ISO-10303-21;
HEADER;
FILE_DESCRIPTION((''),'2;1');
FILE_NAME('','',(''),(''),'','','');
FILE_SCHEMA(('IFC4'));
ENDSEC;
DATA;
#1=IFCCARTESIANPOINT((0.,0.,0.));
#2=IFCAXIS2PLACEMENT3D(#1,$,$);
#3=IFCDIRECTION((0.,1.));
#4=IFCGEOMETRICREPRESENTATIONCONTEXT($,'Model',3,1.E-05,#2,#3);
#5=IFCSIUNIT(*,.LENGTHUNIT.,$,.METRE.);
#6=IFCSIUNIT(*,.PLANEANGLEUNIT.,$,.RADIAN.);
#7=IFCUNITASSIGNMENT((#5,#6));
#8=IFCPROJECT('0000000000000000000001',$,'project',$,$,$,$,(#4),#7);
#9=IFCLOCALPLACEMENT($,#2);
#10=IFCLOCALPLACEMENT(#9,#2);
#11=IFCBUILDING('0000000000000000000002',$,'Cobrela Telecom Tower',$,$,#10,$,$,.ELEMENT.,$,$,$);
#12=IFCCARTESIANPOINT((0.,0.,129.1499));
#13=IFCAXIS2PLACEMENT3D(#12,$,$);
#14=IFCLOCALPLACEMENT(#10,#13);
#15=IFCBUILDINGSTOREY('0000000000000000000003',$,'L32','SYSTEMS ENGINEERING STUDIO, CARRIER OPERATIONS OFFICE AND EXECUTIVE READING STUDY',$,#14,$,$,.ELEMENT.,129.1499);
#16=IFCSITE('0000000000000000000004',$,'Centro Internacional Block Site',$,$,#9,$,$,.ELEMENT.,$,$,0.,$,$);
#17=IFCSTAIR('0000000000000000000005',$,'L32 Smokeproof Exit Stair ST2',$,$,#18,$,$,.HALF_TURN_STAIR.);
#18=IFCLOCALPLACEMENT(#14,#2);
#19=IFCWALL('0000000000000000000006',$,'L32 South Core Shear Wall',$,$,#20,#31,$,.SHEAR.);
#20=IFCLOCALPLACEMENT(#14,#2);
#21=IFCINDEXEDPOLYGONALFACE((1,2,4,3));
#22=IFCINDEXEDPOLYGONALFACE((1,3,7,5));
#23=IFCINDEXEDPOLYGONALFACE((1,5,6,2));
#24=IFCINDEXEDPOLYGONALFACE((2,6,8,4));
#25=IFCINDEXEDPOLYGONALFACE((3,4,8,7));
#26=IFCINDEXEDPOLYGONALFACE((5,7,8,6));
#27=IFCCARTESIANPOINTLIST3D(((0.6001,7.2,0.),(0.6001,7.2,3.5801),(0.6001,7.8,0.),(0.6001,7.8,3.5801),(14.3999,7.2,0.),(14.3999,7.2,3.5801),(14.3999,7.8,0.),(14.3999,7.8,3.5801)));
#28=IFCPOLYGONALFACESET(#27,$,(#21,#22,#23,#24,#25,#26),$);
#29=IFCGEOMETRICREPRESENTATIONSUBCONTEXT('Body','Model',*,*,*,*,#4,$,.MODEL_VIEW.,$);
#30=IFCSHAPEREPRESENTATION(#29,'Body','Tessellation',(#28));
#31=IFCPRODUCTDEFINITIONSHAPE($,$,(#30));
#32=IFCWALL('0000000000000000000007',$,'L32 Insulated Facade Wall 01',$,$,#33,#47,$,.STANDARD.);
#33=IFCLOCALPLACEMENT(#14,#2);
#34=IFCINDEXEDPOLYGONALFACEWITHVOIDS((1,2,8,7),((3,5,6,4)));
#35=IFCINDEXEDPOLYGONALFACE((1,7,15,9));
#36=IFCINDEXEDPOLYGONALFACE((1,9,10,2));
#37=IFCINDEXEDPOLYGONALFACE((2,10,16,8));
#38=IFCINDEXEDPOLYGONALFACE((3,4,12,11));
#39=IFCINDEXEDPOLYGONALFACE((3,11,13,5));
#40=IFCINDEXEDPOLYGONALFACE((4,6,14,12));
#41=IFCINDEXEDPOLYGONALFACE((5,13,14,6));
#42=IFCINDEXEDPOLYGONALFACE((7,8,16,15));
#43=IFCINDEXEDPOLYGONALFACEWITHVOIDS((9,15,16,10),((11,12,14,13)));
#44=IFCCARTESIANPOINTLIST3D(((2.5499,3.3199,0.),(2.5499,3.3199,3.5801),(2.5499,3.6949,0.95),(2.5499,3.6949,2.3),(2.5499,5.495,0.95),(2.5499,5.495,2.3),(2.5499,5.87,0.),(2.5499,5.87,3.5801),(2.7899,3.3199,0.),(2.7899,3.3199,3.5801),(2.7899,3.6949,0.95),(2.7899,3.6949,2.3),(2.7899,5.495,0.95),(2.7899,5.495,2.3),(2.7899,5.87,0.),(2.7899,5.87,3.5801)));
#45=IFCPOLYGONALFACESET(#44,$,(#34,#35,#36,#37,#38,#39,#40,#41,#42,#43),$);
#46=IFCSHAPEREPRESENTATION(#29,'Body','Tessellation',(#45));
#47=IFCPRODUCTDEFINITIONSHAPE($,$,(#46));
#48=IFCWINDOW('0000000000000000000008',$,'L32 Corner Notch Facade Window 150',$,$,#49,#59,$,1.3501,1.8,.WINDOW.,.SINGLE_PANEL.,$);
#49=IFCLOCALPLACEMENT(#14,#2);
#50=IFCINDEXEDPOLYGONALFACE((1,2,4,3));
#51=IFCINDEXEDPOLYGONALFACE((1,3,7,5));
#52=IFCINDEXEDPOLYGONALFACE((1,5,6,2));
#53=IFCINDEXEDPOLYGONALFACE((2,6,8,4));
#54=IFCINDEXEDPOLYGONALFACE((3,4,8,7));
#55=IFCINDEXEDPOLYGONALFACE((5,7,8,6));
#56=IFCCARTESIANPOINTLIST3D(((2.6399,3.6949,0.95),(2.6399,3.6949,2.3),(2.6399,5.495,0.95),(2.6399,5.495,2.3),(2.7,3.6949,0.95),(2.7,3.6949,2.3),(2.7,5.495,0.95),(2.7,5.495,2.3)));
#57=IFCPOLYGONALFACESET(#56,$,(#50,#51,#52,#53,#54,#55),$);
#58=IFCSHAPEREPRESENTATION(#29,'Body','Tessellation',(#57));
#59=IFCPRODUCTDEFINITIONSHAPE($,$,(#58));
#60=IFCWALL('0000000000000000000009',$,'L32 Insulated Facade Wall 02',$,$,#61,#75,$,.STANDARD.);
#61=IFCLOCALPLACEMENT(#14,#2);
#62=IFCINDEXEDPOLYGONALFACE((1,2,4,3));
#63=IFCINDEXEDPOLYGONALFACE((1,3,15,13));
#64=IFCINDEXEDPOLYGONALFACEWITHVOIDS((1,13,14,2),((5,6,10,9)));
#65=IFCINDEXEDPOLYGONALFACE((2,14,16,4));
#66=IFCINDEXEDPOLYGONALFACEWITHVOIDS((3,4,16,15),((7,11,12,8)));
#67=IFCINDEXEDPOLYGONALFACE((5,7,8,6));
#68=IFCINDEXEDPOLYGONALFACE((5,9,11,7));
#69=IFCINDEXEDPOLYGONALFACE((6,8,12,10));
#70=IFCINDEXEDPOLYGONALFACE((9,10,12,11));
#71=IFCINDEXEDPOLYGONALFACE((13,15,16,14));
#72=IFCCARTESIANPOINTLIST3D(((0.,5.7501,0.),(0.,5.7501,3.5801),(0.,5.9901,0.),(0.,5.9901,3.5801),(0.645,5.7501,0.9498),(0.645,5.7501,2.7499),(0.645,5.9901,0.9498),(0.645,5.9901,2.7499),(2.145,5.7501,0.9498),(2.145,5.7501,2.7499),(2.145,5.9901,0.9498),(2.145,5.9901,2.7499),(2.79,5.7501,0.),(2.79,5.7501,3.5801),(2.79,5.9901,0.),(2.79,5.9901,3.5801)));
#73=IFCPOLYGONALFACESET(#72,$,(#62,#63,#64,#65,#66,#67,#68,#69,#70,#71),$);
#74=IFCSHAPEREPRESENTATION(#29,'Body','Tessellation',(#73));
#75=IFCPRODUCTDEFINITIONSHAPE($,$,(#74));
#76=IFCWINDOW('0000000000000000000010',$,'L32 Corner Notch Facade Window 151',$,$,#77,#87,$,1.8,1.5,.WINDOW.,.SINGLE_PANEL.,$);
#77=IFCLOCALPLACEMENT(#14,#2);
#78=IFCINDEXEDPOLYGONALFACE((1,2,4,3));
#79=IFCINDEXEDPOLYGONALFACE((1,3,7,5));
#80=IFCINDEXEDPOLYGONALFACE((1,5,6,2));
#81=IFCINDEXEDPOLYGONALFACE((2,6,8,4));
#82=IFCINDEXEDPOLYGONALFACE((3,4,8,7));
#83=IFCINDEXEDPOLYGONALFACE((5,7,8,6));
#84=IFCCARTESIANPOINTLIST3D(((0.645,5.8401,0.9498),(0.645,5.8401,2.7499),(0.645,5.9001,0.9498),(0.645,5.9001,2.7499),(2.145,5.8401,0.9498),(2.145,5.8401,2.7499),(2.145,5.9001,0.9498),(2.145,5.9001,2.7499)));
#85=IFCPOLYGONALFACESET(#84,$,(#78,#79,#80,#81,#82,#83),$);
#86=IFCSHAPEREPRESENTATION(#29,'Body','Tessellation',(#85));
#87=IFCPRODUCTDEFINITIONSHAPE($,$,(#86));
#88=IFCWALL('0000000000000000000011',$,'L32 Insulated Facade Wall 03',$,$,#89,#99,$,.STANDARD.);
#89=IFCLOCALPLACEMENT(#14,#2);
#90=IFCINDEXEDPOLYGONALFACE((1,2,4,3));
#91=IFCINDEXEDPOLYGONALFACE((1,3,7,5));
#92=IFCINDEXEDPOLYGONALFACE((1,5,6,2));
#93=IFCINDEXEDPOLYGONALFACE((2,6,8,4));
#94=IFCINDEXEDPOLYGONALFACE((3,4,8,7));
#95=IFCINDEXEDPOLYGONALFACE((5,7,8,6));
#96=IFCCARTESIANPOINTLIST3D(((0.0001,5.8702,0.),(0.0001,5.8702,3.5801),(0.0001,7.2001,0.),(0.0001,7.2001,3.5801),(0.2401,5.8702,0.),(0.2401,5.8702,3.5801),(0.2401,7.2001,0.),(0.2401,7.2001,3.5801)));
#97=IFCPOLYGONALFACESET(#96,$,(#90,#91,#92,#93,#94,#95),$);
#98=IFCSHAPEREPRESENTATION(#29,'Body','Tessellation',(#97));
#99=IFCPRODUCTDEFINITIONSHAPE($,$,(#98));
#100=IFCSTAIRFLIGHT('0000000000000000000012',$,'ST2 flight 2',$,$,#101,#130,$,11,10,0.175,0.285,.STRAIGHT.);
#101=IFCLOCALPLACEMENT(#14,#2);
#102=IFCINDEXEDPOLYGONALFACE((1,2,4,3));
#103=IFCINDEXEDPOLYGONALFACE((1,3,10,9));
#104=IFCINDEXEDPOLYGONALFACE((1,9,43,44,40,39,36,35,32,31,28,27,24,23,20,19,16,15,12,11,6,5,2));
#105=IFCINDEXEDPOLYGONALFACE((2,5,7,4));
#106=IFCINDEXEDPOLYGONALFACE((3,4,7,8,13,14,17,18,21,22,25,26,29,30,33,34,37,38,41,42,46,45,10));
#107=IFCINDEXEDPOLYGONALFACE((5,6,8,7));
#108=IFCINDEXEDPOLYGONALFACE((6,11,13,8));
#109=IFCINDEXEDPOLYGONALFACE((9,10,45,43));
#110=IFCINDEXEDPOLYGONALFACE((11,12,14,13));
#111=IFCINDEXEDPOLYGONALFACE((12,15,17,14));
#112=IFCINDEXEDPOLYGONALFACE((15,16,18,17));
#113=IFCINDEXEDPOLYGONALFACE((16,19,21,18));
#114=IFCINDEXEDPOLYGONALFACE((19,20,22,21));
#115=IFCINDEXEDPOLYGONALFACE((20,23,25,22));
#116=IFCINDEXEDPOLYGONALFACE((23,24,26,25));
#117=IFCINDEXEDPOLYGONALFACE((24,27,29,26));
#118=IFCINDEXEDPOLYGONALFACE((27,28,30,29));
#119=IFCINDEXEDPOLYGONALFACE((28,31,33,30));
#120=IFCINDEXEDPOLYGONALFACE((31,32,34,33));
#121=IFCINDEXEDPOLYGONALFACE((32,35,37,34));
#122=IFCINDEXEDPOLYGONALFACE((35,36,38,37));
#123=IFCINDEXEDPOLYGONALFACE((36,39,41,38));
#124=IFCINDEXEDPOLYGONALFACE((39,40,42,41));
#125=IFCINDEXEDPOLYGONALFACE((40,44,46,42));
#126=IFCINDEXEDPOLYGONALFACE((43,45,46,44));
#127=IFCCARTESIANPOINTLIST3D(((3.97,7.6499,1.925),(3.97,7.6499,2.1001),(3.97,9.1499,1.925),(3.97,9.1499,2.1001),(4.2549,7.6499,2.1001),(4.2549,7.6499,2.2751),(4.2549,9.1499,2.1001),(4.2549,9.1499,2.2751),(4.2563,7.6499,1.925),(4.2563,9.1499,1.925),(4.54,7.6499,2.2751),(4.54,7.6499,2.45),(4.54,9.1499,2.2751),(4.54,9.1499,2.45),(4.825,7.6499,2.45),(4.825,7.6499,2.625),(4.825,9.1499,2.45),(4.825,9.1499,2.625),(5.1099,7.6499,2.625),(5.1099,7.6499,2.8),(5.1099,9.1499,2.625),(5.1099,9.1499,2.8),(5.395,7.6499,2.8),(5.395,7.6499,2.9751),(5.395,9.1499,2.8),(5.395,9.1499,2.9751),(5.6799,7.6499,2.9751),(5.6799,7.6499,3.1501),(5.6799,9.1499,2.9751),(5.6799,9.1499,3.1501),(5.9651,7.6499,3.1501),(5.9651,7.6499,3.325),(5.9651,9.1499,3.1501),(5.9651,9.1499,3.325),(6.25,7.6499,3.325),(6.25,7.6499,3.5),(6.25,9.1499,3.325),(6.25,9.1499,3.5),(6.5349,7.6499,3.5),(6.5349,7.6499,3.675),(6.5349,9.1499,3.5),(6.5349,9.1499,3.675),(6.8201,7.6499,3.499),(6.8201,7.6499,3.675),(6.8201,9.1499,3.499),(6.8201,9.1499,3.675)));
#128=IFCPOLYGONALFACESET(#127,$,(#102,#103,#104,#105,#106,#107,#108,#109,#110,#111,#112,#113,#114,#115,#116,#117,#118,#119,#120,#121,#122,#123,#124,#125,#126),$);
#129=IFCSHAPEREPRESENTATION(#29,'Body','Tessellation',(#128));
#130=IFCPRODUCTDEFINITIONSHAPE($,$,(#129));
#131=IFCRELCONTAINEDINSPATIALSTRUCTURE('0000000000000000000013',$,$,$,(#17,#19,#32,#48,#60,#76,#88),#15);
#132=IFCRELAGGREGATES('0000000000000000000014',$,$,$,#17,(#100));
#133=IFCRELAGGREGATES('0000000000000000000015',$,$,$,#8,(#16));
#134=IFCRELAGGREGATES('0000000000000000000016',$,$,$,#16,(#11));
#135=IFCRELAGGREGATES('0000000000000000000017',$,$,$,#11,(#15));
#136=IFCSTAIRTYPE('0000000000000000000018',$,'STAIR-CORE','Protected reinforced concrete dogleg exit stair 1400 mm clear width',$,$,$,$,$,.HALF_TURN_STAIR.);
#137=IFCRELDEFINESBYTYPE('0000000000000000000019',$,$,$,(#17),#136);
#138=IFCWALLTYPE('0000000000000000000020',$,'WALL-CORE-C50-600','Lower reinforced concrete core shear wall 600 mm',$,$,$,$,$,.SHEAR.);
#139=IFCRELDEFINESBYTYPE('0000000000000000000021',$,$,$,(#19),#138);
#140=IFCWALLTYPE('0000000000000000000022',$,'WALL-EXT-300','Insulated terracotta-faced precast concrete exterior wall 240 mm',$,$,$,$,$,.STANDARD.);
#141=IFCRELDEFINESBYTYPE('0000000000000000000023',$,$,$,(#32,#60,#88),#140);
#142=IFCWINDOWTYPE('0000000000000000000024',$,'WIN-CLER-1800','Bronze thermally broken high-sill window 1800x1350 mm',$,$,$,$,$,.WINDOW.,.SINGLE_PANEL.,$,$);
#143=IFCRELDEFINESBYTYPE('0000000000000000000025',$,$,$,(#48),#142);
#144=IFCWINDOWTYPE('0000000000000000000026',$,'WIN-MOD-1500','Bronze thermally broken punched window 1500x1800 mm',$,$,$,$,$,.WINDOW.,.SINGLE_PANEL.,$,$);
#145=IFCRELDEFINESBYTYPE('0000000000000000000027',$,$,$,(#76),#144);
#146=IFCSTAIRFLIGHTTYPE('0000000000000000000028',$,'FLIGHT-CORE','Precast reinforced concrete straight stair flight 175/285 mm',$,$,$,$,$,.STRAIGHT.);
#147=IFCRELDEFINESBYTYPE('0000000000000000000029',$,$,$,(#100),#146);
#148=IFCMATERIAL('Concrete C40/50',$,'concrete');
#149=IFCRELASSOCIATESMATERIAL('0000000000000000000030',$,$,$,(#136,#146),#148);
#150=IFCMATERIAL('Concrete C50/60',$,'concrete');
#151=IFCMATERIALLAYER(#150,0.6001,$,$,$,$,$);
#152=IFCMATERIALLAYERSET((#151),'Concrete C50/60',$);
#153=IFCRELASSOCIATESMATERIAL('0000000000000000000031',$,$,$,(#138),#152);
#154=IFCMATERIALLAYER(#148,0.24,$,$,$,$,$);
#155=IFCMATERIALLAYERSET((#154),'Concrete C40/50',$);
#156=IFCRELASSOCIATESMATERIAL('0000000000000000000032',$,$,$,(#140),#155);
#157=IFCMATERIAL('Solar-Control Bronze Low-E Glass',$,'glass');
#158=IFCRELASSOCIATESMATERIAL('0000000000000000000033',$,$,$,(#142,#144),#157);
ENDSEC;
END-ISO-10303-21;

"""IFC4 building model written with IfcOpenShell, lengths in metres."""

from ifc_helpers import new_model, si_unit, direction, frame, frame_2d, origin, place, context, subcontext, project, spatial, polyline, rectangle, outline, extrude, material, layer, layer_set, type_object, element, fill, aggregate, save


model = new_model("IFC4")

# Units and contexts
model_context = context("Model", 3, precision=1e-05, world=origin(), true_north=direction((0.0, 1.0)))
body_context = subcontext(model_context, "Body", "Model", "MODEL_VIEW")
ifc_project = project(units=[si_unit("LENGTHUNIT", "METRE"), si_unit("PLANEANGLEUNIT", "RADIAN")], contexts=[model_context])

# Site, building, storey
site_placement = place(None, origin())
site = spatial("IfcSite", under=ifc_project, at=site_placement, Name="Centro Internacional Block Site", CompositionType="ELEMENT", RefElevation=0.0)
building_placement = place(site_placement, origin())
building = spatial("IfcBuilding", under=site, at=building_placement, Name="Cobrela Telecom Tower", CompositionType="ELEMENT")
storey_placement = place(building_placement, frame((0.0, 0.0, 129.1499)))
storey = spatial("IfcBuildingStorey", under=building, at=storey_placement, Name="L32", Description="SYSTEMS ENGINEERING STUDIO, CARRIER OPERATIONS OFFICE AND EXECUTIVE READING STUDY", CompositionType="ELEMENT", Elevation=129.1499)

# Shared definitions
ifc_material_1 = material(Name="Solar-Control Bronze Low-E Glass", Category="glass")

# Shared definitions
ifc_material_2 = material(Name="Concrete C40/50", Category="concrete")

# Stair
stair_type = type_object("IfcStairType", Name="STAIR-CORE", Description="Protected reinforced concrete dogleg exit stair 1400 mm clear width", PredefinedType="HALF_TURN_STAIR", material=ifc_material_2)
stair_1_placement = place(storey_placement, origin())
stair_1 = element("IfcStair", 1, at=stair_1_placement, inside=storey, type_object=stair_type, Name="L32 Smokeproof Exit Stair ST2", PredefinedType="HALF_TURN_STAIR")

# Wall
ifc_material_3 = material(Name="Concrete C50/60", Category="concrete")
ifc_layer_1 = layer(ifc_material_3, 0.6001)
ifc_layer_set_1 = layer_set([ifc_layer_1], Name="Concrete C50/60")
wall_type_1 = type_object("IfcWallType", Name="WALL-CORE-C50-600", Description="Lower reinforced concrete core shear wall 600 mm", PredefinedType="SHEAR", material=ifc_layer_set_1)
wall_1_placement = place(storey_placement, frame((0.6001, 7.5, 0.0), z_axis=(0.0, 0.0, 1.0), x_axis=(1.0, 0.0, 0.0)))
element("IfcWall", 2, at=wall_1_placement, inside=storey, type_object=wall_type_1, Name="L32 South Core Shear Wall", PredefinedType="SHEAR", context=body_context, shape_type="SweptSolid", body=[
    extrude(rectangle(XDim=13.7998, YDim=0.6001, at=frame_2d((6.8999, 0.0))), origin(), (0.0, 0.0, 1.0), 3.5801),
])

# Walls, openings, windows
ifc_layer_2 = layer(ifc_material_2, 0.24)
ifc_layer_set_2 = layer_set([ifc_layer_2], Name="Concrete C40/50")
wall_type_2 = type_object("IfcWallType", Name="WALL-EXT-300", Description="Insulated terracotta-faced precast concrete exterior wall 240 mm", PredefinedType="STANDARD", material=ifc_layer_set_2)
wall_2_placement = place(storey_placement, frame((2.6699, 3.3201, 0.0), z_axis=(0.0, 0.0, 1.0), x_axis=(0.0, 1.0, 0.0)))
wall_2 = element("IfcWall", 3, at=wall_2_placement, inside=storey, type_object=wall_type_2, Name="L32 Insulated Facade Wall 01", PredefinedType="STANDARD", context=body_context, shape_type="SweptSolid", body=[
    extrude(rectangle(XDim=2.55, YDim=0.24, at=frame_2d((1.2749, 0.0))), origin(), (0.0, 0.0, 1.0), 3.5801),
])
opening_1_placement = place(wall_2_placement, frame((0.375, 0.0, 0.95)))
opening_1 = element("IfcOpeningElement", 4, at=opening_1_placement, cuts=wall_2, PredefinedType="OPENING", context=body_context, shape_type="SweptSolid", body=[
    extrude(rectangle(XDim=1.8, YDim=1.3501, at=frame_2d((0.8999, 0.675))), frame((0.0, 0.1318, 0.0), z_axis=(0.0, -1.0, 0.0), x_axis=(1.0, 0.0, 0.0)), (0.0, 0.0, 1.0), 0.2639),
])
window_type_1 = type_object("IfcWindowType", Name="WIN-CLER-1800", Description="Bronze thermally broken high-sill window 1800x1350 mm", PartitioningType="SINGLE_PANEL", PredefinedType="WINDOW", material=ifc_material_1)
window_1_placement = place(opening_1_placement, origin())
window_1 = element("IfcWindow", 5, at=window_1_placement, inside=storey, type_object=window_type_1, Name="L32 Corner Notch Facade Window 150", OverallHeight=1.3501, OverallWidth=1.8, PartitioningType="SINGLE_PANEL", PredefinedType="WINDOW", context=body_context, shape_type="SweptSolid", body=[
    extrude(rectangle(XDim=1.8, YDim=1.3501, at=frame_2d((0.8999, 0.675))), frame((0.0, 0.03, 0.0), z_axis=(0.0, -1.0, 0.0), x_axis=(1.0, 0.0, 0.0)), (0.0, 0.0, 1.0), 0.0601),
])
fill(opening_1, window_1)
wall_3_placement = place(storey_placement, frame((2.79, 5.8701, 0.0), z_axis=(0.0, 0.0, 1.0), x_axis=(-1.0, 0.0, 0.0)))
wall_3 = element("IfcWall", 6, at=wall_3_placement, inside=storey, type_object=wall_type_2, Name="L32 Insulated Facade Wall 02", PredefinedType="STANDARD", context=body_context, shape_type="SweptSolid", body=[
    extrude(rectangle(XDim=2.79, YDim=0.24, at=frame_2d((1.395, 0.0))), origin(), (0.0, 0.0, 1.0), 3.5801),
])
opening_2_placement = place(wall_3_placement, frame((0.645, 0.0, 0.95)))
opening_2 = element("IfcOpeningElement", 7, at=opening_2_placement, cuts=wall_3, PredefinedType="OPENING", context=body_context, shape_type="SweptSolid", body=[
    extrude(rectangle(XDim=1.5, YDim=1.8, at=frame_2d((0.75, 0.8999))), frame((0.0, 0.1318, 0.0), z_axis=(0.0, -1.0, 0.0), x_axis=(1.0, 0.0, 0.0)), (0.0, 0.0, 1.0), 0.2639),
])
window_type_2 = type_object("IfcWindowType", Name="WIN-MOD-1500", Description="Bronze thermally broken punched window 1500x1800 mm", PartitioningType="SINGLE_PANEL", PredefinedType="WINDOW", material=ifc_material_1)
window_2_placement = place(opening_2_placement, origin())
window_2 = element("IfcWindow", 8, at=window_2_placement, inside=storey, type_object=window_type_2, Name="L32 Corner Notch Facade Window 151", OverallHeight=1.8, OverallWidth=1.5, PartitioningType="SINGLE_PANEL", PredefinedType="WINDOW", context=body_context, shape_type="SweptSolid", body=[
    extrude(rectangle(XDim=1.5, YDim=1.8, at=frame_2d((0.75, 0.8999))), frame((0.0, 0.03, 0.0), z_axis=(0.0, -1.0, 0.0), x_axis=(1.0, 0.0, 0.0)), (0.0, 0.0, 1.0), 0.0601),
])
fill(opening_2, window_2)

# Wall
wall_4_placement = place(storey_placement, frame((0.1201, 5.8701, 0.0), z_axis=(0.0, 0.0, 1.0), x_axis=(0.0, 1.0, 0.0)))
element("IfcWall", 9, at=wall_4_placement, inside=storey, type_object=wall_type_2, Name="L32 Insulated Facade Wall 03", PredefinedType="STANDARD", context=body_context, shape_type="SweptSolid", body=[
    extrude(rectangle(XDim=1.3298, YDim=0.24, at=frame_2d((0.665, 0.0))), origin(), (0.0, 0.0, 1.0), 3.5801),
])

# Stair flight
stair_flight_type = type_object("IfcStairFlightType", Name="FLIGHT-CORE", Description="Precast reinforced concrete straight stair flight 175/285 mm", PredefinedType="STRAIGHT", material=ifc_material_2)
stair_flight_placement = place(storey_placement, frame((3.97, 8.3999, 1.925), z_axis=(0.0, 0.0, 1.0), x_axis=(1.0, 0.0, 0.0)))
stair_flight = element("IfcStairFlight", 10, at=stair_flight_placement, type_object=stair_flight_type, Name="ST2 flight 2", NumberOfRisers=11, NumberOfTreads=10, PredefinedType="STRAIGHT", RiserHeight=0.175, TreadLength=0.285, context=body_context, shape_type="SweptSolid", body=[
    extrude(outline(polyline([(0.0, 0.0), (0.0, 0.175), (0.2849, 0.175), (0.2849, 0.3501), (0.5701, 0.3501), (0.5701, 0.5249), (0.855, 0.5249), (0.855, 0.7), (1.1399, 0.7), (1.1399, 0.875), (1.425, 0.875), (1.425, 1.05), (1.71, 1.05), (1.71, 1.2251), (1.9951, 1.2251), (1.9951, 1.3999), (2.28, 1.3999), (2.28, 1.575), (2.5649, 1.575), (2.5649, 1.75), (2.8501, 1.75), (2.8501, 1.925), (2.8501, 1.574), (0.2864, 0.0), (0.0, 0.0)])), frame((0.0, 0.75, 0.0), z_axis=(0.0, -1.0, 0.0), x_axis=(1.0, 0.0, 0.0)), (0.0, 0.0, 1.0), 1.5),
])
aggregate(stair_1, [stair_flight])

save(model, "model.ifc")
